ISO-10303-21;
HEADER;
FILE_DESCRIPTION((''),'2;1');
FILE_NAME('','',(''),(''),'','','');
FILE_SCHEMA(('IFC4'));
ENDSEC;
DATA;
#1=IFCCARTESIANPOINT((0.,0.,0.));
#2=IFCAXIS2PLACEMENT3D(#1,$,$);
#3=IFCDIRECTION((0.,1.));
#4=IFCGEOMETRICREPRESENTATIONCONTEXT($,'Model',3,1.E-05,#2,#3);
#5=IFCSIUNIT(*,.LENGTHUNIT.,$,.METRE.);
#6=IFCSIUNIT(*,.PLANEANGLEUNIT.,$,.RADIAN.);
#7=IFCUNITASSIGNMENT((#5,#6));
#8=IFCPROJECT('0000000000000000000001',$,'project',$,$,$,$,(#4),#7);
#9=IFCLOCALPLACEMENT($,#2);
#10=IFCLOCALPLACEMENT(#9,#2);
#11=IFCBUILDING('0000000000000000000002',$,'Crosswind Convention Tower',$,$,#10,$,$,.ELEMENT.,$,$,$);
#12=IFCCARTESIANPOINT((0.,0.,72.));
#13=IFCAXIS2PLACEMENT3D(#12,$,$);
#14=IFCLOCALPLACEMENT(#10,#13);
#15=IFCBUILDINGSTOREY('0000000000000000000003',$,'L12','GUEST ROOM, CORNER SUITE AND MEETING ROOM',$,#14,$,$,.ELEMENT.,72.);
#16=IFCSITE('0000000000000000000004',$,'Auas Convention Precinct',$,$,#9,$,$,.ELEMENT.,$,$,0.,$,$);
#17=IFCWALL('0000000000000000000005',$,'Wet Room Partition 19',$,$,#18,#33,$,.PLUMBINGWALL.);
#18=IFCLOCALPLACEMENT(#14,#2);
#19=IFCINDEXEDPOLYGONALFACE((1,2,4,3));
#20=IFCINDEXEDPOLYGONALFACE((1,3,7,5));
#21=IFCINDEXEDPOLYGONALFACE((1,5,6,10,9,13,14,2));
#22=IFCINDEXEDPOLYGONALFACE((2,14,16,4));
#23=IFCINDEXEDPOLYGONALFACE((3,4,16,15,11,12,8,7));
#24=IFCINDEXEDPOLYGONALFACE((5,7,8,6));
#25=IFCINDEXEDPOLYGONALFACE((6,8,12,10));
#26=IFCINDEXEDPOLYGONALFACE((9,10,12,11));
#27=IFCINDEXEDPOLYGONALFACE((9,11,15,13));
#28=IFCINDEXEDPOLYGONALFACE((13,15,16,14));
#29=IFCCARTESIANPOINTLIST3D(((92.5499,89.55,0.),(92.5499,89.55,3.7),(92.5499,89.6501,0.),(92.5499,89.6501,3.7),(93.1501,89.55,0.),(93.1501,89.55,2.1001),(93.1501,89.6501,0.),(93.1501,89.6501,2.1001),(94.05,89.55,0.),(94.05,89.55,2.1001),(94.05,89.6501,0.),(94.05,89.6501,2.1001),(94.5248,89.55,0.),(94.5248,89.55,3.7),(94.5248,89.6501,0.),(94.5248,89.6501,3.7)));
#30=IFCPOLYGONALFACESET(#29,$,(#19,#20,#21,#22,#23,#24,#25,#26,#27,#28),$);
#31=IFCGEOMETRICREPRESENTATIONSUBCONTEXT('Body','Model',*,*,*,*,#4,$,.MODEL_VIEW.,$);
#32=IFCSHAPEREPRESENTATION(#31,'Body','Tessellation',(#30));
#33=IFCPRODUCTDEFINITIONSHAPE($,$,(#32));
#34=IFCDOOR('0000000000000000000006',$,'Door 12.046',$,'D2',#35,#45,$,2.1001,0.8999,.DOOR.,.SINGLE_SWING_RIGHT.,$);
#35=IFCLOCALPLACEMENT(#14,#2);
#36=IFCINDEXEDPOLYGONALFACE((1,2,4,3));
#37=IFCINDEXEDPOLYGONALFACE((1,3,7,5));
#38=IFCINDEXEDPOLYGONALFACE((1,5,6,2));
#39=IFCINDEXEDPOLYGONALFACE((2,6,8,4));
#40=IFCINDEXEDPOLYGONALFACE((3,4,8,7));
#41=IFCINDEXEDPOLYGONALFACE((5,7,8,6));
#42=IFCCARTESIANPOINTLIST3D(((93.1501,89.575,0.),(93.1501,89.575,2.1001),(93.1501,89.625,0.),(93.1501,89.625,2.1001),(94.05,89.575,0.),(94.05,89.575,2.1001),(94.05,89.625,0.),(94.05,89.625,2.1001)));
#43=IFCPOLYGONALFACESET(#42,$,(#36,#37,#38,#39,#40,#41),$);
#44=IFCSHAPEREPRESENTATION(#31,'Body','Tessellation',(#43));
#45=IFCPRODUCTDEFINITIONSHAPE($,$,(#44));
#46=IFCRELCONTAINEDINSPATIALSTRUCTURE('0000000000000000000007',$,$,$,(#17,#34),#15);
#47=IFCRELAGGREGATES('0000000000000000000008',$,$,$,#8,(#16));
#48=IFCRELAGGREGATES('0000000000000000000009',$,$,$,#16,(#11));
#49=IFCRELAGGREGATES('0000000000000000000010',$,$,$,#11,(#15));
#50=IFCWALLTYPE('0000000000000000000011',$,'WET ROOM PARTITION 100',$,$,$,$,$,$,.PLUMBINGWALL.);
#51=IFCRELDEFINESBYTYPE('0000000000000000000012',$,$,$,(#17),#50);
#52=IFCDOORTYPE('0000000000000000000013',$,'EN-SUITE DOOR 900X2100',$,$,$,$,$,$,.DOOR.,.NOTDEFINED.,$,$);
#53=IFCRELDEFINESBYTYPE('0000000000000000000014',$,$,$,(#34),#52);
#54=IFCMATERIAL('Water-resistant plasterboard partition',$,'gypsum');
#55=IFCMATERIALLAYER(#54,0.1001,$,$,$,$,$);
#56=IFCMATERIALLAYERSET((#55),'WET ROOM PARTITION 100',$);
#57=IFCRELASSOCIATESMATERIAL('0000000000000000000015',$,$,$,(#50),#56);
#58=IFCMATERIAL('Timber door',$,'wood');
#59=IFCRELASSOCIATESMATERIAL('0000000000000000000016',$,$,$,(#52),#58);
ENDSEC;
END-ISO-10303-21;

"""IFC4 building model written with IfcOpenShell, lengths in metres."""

from ifc_helpers import new_model, si_unit, direction, frame, frame_2d, origin, place, context, subcontext, project, spatial, rectangle, extrude, material, layer, layer_set, type_object, element, fill, save


model = new_model("IFC4")

# Units and contexts
model_context = context("Model", 3, precision=1e-05, world=origin(), true_north=direction((0.0, 1.0)))
body_context = subcontext(model_context, "Body", "Model", "MODEL_VIEW")
ifc_project = project(units=[si_unit("LENGTHUNIT", "METRE"), si_unit("PLANEANGLEUNIT", "RADIAN")], contexts=[model_context])

# Site, building, storey
site_placement = place(None, origin())
site = spatial("IfcSite", under=ifc_project, at=site_placement, Name="Auas Convention Precinct", CompositionType="ELEMENT", RefElevation=0.0)
building_placement = place(site_placement, origin())
building = spatial("IfcBuilding", under=site, at=building_placement, Name="Crosswind Convention Tower", CompositionType="ELEMENT")
storey_placement = place(building_placement, frame((0.0, 0.0, 72.0)))
storey = spatial("IfcBuildingStorey", under=building, at=storey_placement, Name="L12", Description="GUEST ROOM, CORNER SUITE AND MEETING ROOM", CompositionType="ELEMENT", Elevation=72.0)

# Wall, opening, door
ifc_material_1 = material(Name="Water-resistant plasterboard partition", Category="gypsum")
ifc_layer_1 = layer(ifc_material_1, 0.1001)
ifc_layer_set_1 = layer_set([ifc_layer_1], Name="WET ROOM PARTITION 100")
wall_type_1 = type_object("IfcWallType", Name="WET ROOM PARTITION 100", PredefinedType="PLUMBINGWALL", material=ifc_layer_set_1)
wall_1_placement = place(storey_placement, frame((92.55, 89.6001, 0.0), z_axis=(0.0, 0.0, 1.0), x_axis=(1.0, 0.0, 0.0)))
wall_1 = element("IfcWall", 1, at=wall_1_placement, inside=storey, type_object=wall_type_1, Name="Wet Room Partition 19", PredefinedType="PLUMBINGWALL", context=body_context, shape_type="SweptSolid", body=[
    extrude(rectangle(XDim=1.9749, YDim=0.1001, at=frame_2d((0.9873, 0.0))), origin(), (0.0, 0.0, 1.0), 3.7),
])
opening_placement = place(wall_1_placement, frame((0.6001, 0.0, 0.0)))
opening = element("IfcOpeningElement", 2, at=opening_placement, cuts=wall_1, PredefinedType="OPENING", context=body_context, shape_type="SweptSolid", body=[
    extrude(rectangle(XDim=0.8999, YDim=2.1001, at=frame_2d((0.45, 1.05))), frame((0.0, 0.0601, 0.0), z_axis=(0.0, -1.0, 0.0), x_axis=(1.0, 0.0, 0.0)), (0.0, 0.0, 1.0), 0.1201),
])
ifc_material_2 = material(Name="Timber door", Category="wood")
door_type = type_object("IfcDoorType", Name="EN-SUITE DOOR 900X2100", OperationType="NOTDEFINED", PredefinedType="DOOR", material=ifc_material_2)
door_placement = place(opening_placement, origin())
door = element("IfcDoor", 3, at=door_placement, inside=storey, type_object=door_type, Name="Door 12.046", ObjectType="D2", OperationType="SINGLE_SWING_RIGHT", OverallHeight=2.1001, OverallWidth=0.8999, PredefinedType="DOOR", context=body_context, shape_type="SweptSolid", body=[
    extrude(rectangle(XDim=0.8999, YDim=2.1001, at=frame_2d((0.45, 1.05))), frame((0.0, 0.0249, 0.0), z_axis=(0.0, -1.0, 0.0), x_axis=(1.0, 0.0, 0.0)), (0.0, 0.0, 1.0), 0.05),
])
fill(opening, door)

save(model, "model.ifc")
